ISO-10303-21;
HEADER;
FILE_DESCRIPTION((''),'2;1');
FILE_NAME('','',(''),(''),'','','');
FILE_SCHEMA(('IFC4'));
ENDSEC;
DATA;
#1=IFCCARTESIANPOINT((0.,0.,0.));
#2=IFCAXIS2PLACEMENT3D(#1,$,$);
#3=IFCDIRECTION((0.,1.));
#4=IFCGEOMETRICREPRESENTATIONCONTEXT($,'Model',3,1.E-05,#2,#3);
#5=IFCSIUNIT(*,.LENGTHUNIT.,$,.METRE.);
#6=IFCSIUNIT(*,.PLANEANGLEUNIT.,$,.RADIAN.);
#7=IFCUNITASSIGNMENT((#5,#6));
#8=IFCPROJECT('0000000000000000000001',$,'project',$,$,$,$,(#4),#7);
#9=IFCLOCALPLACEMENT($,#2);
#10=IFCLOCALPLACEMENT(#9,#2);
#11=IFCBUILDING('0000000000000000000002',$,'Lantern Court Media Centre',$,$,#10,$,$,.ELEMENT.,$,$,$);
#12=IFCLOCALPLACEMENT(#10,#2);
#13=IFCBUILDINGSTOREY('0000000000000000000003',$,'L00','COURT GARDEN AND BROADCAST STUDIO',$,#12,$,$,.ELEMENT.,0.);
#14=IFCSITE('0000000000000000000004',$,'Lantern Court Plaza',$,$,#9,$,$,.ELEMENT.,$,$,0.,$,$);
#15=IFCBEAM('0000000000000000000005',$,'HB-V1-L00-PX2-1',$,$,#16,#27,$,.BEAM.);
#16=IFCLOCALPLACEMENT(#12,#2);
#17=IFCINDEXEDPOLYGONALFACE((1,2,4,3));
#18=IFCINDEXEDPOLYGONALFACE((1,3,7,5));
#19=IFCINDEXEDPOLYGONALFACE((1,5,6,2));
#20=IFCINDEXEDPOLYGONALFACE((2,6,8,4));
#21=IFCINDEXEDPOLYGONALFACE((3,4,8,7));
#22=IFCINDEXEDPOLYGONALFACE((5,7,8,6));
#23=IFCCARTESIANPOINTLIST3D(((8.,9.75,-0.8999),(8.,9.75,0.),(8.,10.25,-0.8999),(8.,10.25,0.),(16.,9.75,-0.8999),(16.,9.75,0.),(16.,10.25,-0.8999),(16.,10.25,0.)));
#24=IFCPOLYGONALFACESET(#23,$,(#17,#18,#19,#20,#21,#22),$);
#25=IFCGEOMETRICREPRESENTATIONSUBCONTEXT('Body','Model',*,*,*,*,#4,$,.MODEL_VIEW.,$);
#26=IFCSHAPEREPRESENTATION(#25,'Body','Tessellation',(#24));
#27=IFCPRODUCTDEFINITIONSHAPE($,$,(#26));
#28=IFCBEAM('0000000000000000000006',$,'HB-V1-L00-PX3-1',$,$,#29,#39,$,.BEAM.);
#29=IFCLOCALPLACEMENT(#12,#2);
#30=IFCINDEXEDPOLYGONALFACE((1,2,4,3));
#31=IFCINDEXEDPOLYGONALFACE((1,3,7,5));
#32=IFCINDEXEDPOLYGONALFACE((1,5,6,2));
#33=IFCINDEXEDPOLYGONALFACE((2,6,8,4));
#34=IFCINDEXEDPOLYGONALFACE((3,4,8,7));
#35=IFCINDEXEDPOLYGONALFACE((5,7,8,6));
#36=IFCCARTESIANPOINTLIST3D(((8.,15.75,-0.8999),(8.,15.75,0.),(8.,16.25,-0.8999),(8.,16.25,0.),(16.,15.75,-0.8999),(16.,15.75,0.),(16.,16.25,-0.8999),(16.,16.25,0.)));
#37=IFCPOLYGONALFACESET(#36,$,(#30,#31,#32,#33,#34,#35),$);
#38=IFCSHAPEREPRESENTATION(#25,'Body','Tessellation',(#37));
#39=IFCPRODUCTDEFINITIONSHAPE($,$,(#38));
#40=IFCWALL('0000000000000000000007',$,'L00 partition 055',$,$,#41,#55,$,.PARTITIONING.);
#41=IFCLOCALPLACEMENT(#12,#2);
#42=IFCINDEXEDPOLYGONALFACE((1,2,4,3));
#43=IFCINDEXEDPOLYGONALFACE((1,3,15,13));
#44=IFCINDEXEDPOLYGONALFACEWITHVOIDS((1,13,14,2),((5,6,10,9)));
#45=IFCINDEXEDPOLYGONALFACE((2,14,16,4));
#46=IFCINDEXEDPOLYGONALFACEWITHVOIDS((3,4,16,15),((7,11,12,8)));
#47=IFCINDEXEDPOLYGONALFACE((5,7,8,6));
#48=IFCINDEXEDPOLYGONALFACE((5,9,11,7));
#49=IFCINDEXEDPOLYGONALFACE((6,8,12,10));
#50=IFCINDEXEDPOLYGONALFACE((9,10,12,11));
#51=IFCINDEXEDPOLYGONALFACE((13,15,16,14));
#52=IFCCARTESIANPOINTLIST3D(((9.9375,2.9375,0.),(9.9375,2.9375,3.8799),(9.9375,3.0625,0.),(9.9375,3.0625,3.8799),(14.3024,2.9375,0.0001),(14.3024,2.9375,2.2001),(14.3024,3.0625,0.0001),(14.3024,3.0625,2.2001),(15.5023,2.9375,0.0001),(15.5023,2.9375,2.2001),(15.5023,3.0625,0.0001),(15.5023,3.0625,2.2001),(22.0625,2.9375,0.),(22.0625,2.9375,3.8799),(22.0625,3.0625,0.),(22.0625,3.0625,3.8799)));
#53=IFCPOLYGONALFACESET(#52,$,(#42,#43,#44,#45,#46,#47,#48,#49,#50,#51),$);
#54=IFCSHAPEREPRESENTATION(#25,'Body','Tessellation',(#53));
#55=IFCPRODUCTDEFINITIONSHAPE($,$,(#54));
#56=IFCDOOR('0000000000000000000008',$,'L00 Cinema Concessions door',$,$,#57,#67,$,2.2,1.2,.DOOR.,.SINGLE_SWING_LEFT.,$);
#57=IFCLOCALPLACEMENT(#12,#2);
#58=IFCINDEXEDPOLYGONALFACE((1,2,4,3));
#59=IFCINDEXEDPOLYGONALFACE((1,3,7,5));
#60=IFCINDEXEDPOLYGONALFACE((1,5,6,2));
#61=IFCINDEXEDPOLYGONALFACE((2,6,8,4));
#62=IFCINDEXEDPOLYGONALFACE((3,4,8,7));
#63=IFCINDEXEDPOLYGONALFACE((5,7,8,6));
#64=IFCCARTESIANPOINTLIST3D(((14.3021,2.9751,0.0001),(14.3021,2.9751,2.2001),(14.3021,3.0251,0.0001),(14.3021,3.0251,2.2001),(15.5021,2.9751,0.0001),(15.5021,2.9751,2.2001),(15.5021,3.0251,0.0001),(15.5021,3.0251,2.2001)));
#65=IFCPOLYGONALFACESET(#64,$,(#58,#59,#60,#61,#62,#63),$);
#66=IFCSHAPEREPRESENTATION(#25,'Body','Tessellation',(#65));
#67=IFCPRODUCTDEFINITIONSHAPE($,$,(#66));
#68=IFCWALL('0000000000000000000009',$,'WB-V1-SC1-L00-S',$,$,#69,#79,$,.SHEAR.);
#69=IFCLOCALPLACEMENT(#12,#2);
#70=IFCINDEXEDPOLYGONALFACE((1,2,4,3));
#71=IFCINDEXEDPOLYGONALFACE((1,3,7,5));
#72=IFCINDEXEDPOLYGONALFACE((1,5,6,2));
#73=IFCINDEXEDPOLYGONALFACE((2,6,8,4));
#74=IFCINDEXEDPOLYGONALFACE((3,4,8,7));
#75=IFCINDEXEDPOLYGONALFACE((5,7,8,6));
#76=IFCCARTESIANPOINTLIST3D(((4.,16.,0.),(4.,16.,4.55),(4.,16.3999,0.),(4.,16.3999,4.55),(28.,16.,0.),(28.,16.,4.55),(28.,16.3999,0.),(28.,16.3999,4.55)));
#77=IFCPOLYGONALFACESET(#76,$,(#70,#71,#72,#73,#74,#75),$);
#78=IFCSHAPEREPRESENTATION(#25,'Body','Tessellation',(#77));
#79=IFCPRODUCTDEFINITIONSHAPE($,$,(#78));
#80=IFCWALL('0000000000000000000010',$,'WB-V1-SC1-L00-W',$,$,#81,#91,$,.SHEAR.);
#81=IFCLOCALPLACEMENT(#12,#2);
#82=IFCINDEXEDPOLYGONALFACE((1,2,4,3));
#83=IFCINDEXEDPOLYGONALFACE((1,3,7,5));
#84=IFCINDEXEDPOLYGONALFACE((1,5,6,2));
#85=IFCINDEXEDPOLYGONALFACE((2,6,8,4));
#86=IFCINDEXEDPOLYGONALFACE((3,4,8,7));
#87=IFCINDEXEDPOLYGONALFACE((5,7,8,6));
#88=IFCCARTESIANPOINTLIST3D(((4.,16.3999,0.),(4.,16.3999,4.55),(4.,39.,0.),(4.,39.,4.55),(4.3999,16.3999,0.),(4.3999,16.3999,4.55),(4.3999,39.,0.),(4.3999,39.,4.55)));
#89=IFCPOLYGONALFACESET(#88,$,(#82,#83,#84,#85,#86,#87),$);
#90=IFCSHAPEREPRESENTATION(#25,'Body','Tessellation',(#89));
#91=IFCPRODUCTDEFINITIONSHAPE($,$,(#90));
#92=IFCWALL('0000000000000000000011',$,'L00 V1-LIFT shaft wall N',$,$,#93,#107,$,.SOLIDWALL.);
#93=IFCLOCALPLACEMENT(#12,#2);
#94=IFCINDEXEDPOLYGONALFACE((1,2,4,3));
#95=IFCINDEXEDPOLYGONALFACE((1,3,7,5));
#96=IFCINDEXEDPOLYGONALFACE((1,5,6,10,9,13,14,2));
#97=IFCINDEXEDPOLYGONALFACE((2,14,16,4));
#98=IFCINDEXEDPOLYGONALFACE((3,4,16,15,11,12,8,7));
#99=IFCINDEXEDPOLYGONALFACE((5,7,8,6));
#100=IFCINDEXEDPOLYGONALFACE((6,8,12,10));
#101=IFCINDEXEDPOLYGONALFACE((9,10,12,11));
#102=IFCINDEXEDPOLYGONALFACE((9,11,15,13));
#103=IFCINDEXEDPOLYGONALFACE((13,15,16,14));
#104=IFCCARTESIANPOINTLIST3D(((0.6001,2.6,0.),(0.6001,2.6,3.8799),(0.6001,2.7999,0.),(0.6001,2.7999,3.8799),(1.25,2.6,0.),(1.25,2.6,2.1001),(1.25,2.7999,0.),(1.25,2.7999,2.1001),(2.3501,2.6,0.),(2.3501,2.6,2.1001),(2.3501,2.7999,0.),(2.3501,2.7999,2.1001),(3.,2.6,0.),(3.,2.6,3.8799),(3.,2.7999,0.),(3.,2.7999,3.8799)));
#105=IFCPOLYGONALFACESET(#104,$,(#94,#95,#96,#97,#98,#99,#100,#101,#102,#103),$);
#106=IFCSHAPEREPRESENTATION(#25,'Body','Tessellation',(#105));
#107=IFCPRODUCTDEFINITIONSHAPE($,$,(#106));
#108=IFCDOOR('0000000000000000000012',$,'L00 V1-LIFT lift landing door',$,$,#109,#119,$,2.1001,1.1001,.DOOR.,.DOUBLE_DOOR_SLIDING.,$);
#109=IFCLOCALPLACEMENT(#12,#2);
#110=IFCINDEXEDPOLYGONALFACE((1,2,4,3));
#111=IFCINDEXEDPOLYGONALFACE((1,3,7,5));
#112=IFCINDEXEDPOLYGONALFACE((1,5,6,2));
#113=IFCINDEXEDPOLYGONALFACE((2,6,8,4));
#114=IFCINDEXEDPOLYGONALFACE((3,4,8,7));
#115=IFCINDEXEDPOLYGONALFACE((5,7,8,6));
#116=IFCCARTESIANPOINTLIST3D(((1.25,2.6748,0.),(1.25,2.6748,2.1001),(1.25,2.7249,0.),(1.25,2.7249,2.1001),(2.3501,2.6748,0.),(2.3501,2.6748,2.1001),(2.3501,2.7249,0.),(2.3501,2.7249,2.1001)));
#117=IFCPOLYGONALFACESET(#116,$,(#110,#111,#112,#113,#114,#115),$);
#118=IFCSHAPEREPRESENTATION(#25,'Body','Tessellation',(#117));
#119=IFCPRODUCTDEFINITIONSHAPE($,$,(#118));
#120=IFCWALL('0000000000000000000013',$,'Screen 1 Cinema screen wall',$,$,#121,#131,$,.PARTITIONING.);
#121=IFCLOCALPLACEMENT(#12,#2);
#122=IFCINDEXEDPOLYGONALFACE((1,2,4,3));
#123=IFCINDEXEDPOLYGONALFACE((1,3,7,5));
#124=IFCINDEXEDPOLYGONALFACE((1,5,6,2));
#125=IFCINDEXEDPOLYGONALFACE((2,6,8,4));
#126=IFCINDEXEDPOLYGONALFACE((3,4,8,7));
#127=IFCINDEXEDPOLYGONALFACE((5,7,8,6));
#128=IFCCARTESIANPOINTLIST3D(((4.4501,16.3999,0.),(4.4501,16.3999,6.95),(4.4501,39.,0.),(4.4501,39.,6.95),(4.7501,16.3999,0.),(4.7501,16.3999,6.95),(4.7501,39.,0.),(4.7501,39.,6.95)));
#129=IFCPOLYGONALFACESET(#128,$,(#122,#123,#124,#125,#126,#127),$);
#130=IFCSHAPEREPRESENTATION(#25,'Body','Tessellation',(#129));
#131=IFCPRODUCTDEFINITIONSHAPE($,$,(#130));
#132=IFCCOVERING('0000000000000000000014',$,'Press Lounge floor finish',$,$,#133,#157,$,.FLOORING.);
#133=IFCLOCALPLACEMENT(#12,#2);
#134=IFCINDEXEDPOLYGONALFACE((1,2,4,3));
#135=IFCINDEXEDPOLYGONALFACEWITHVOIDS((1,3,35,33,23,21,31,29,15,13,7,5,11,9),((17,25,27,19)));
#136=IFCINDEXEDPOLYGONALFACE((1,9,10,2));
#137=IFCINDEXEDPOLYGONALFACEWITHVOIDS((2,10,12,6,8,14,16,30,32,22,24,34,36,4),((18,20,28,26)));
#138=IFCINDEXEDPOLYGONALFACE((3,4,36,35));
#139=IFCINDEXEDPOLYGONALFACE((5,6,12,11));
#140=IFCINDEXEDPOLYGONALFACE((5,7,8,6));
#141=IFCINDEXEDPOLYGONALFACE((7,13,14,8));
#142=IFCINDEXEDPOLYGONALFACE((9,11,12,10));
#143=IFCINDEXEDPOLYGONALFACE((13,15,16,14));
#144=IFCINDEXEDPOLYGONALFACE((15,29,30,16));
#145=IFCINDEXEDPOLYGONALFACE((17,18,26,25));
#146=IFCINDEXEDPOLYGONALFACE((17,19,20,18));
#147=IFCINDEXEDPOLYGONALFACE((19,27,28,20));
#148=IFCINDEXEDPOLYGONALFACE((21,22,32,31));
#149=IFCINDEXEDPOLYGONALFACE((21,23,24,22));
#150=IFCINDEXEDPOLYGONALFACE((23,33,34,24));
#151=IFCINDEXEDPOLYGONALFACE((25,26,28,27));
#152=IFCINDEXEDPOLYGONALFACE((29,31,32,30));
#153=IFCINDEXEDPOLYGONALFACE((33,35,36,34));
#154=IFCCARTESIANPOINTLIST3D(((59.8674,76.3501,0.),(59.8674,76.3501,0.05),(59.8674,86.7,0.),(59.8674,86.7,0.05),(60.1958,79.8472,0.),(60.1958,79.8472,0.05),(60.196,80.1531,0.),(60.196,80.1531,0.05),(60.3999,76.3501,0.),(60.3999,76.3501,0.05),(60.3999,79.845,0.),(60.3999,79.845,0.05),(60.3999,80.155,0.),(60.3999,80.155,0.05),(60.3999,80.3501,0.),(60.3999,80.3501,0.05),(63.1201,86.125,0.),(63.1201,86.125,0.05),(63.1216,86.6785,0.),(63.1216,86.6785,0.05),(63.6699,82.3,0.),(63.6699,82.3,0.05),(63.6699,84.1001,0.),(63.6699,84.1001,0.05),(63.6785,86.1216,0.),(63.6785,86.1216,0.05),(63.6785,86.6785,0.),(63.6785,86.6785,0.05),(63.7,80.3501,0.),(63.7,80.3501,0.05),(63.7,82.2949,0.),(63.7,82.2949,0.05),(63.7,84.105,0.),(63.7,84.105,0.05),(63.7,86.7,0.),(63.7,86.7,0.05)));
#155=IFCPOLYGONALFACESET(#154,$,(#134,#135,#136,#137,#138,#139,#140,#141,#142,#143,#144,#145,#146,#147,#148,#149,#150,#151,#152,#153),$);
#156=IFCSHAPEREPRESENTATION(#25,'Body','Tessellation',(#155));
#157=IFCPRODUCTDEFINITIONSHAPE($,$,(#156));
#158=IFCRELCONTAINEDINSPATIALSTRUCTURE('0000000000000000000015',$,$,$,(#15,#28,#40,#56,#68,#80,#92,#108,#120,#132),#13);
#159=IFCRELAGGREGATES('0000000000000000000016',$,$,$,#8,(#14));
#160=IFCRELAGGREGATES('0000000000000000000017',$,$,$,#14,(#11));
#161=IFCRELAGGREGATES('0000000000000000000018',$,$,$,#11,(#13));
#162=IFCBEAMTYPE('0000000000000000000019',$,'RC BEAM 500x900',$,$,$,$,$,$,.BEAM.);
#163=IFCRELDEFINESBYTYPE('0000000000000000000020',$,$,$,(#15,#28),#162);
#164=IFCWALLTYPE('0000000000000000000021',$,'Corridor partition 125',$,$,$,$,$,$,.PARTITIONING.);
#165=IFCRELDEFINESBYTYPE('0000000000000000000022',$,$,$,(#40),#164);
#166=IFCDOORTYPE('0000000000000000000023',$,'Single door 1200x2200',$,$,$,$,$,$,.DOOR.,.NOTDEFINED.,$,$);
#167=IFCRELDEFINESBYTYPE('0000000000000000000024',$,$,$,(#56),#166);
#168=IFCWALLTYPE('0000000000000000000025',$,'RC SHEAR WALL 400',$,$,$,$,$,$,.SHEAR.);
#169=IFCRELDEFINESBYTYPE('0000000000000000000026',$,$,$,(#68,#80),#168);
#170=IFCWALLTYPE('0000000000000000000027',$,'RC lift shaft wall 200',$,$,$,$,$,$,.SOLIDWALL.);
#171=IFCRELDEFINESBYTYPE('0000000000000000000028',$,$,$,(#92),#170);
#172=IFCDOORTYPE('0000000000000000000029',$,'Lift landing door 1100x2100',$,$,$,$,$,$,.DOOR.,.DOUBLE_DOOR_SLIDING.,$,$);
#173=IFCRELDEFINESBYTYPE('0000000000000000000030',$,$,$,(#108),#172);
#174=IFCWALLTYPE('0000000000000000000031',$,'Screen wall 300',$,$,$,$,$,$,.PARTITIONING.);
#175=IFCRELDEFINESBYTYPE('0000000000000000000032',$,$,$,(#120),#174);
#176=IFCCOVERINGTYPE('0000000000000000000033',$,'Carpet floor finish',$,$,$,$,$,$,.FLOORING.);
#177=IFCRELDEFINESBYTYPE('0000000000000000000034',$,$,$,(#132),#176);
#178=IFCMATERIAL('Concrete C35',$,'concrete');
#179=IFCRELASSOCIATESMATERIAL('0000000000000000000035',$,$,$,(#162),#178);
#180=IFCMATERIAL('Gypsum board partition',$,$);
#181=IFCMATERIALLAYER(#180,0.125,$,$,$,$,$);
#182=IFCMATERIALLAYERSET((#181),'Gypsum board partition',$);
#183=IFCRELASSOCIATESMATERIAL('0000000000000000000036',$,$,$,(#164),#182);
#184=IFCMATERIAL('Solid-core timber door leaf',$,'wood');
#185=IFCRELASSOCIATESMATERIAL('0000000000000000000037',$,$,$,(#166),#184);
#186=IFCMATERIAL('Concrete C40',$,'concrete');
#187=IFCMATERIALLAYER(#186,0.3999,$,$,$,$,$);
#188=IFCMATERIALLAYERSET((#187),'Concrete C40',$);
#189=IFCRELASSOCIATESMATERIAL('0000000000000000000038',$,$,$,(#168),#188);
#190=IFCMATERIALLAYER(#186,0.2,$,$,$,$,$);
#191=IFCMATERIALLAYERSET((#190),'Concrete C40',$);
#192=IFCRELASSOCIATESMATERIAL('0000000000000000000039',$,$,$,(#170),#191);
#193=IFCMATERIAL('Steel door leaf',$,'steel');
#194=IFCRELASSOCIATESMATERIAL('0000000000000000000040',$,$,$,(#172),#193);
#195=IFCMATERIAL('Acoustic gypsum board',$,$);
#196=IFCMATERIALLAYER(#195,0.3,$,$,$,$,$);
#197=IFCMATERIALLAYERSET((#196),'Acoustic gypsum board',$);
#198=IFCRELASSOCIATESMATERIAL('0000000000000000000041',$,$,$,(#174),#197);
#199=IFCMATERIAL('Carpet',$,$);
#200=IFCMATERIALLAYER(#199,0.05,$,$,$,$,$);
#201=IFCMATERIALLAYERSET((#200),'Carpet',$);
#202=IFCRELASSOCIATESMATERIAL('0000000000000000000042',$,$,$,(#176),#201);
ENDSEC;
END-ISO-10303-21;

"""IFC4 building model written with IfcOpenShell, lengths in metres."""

from ifc_helpers import new_model, si_unit, direction, frame, frame_2d, origin, origin_2d, place, context, subcontext, project, spatial, polyline, rectangle, outline, extrude, material, layer, layer_set, material_profile, profile_set, type_object, element, fill, save


model = new_model("IFC4")

# Units and contexts
model_context = context("Model", 3, precision=1e-05, world=origin(), true_north=direction((0.0, 1.0)))
body_context = subcontext(model_context, "Body", "Model", "MODEL_VIEW")
ifc_project = project(units=[si_unit("LENGTHUNIT", "METRE"), si_unit("PLANEANGLEUNIT", "RADIAN")], contexts=[model_context])

# Site, building, storey
site_placement = place(None, origin())
site = spatial("IfcSite", under=ifc_project, at=site_placement, Name="Lantern Court Plaza", CompositionType="ELEMENT", RefElevation=0.0)
building_placement = place(site_placement, origin())
building = spatial("IfcBuilding", under=site, at=building_placement, Name="Lantern Court Media Centre", CompositionType="ELEMENT")
storey_placement = place(building_placement, origin())
storey = spatial("IfcBuildingStorey", under=building, at=storey_placement, Name="L00", Description="COURT GARDEN AND BROADCAST STUDIO", CompositionType="ELEMENT", Elevation=0.0)

# Shared definitions
ifc_material_1 = material(Name="Concrete C35", Category="concrete")

# Beams
ifc_material_profile_1 = material_profile(ifc_material_1, rectangle(XDim=0.5, YDim=0.8999, at=origin_2d()), Name="RC 500x900")
ifc_profile_set_1 = profile_set([ifc_material_profile_1], Name="Concrete C35")
beam_type_1 = type_object("IfcBeamType", Name="RC BEAM 500x900", PredefinedType="BEAM", material=ifc_profile_set_1)
for number, where, z_axis, x_axis, name in (
    (1, (8.0, 10.0, -0.45), (1.0, 0.0, 0.0), (0.0, 1.0, 0.0), "HB-V1-L00-PX2-1"),
    (2, (8.0, 16.0, -0.45), (1.0, 0.0, 0.0), (0.0, 1.0, 0.0), "HB-V1-L00-PX3-1"),
):
    element("IfcBeam", number, at=place(storey_placement, frame(where, z_axis=z_axis, x_axis=x_axis)), inside=storey, type_object=beam_type_1, Name=name, PredefinedType="BEAM", context=body_context, shape_type="SweptSolid", body=[
        extrude(rectangle(XDim=0.5, YDim=0.8999, at=origin_2d()), origin(), (0.0, 0.0, 1.0), 8.0),
    ])

# Wall, opening, door
ifc_material_2 = material(Name="Gypsum board partition")
ifc_layer_1 = layer(ifc_material_2, 0.125)
ifc_layer_set_1 = layer_set([ifc_layer_1], Name="Gypsum board partition")
wall_type_1 = type_object("IfcWallType", Name="Corridor partition 125", PredefinedType="PARTITIONING", material=ifc_layer_set_1)
wall_1_placement = place(storey_placement, frame((9.9375, 3.0, 0.0), z_axis=(0.0, 0.0, 1.0), x_axis=(1.0, 0.0, 0.0)))
wall_1 = element("IfcWall", 3, at=wall_1_placement, inside=storey, type_object=wall_type_1, Name="L00 partition 055", PredefinedType="PARTITIONING", context=body_context, shape_type="SweptSolid", body=[
    extrude(rectangle(XDim=12.125, YDim=0.125, at=frame_2d((6.0625, 0.0))), origin(), (0.0, 0.0, 1.0), 3.8799),
])
opening_1_placement = place(wall_1_placement, frame((4.3647, 0.0, 0.0)))
opening_1 = element("IfcOpeningElement", 4, at=opening_1_placement, cuts=wall_1, PredefinedType="OPENING", context=body_context, shape_type="SweptSolid", body=[
    extrude(rectangle(XDim=1.2, YDim=2.2, at=frame_2d((0.6001, 1.1001))), frame((0.0, 0.0725, 0.0), z_axis=(0.0, -1.0, 0.0), x_axis=(1.0, 0.0, 0.0)), (0.0, 0.0, 1.0), 0.145),
])
ifc_material_3 = material(Name="Solid-core timber door leaf", Category="wood")
door_type_1 = type_object("IfcDoorType", Name="Single door 1200x2200", OperationType="NOTDEFINED", PredefinedType="DOOR", material=ifc_material_3)
door_1_placement = place(opening_1_placement, frame((1.2, 0.0, 0.0), z_axis=(0.0, 0.0, 1.0), x_axis=(-1.0, 0.0, 0.0)))
door_1 = element("IfcDoor", 5, at=door_1_placement, inside=storey, type_object=door_type_1, Name="L00 Cinema Concessions door", OperationType="SINGLE_SWING_LEFT", OverallHeight=2.2, OverallWidth=1.2, PredefinedType="DOOR", context=body_context, shape_type="SweptSolid", body=[
    extrude(rectangle(XDim=1.2, YDim=2.2, at=frame_2d((0.6001, 1.1001))), frame((0.0, 0.0249, 0.0), z_axis=(0.0, -1.0, 0.0), x_axis=(1.0, 0.0, 0.0)), (0.0, 0.0, 1.0), 0.05),
])
fill(opening_1, door_1)

# Walls
ifc_material_4 = material(Name="Concrete C40", Category="concrete")
ifc_layer_2 = layer(ifc_material_4, 0.3999)
ifc_layer_set_2 = layer_set([ifc_layer_2], Name="Concrete C40")
wall_type_2 = type_object("IfcWallType", Name="RC SHEAR WALL 400", PredefinedType="SHEAR", material=ifc_layer_set_2)
wall_2_placement = place(storey_placement, frame((4.0, 16.2, 0.0), z_axis=(0.0, 0.0, 1.0), x_axis=(1.0, 0.0, 0.0)))
element("IfcWall", 6, at=wall_2_placement, inside=storey, type_object=wall_type_2, Name="WB-V1-SC1-L00-S", PredefinedType="SHEAR", context=body_context, shape_type="SweptSolid", body=[
    extrude(rectangle(XDim=24.0, YDim=0.3999, at=frame_2d((12.0, 0.0))), origin(), (0.0, 0.0, 1.0), 4.55),
])
wall_3_placement = place(storey_placement, frame((4.2, 16.3999, 0.0), z_axis=(0.0, 0.0, 1.0), x_axis=(0.0, 1.0, 0.0)))
element("IfcWall", 7, at=wall_3_placement, inside=storey, type_object=wall_type_2, Name="WB-V1-SC1-L00-W", PredefinedType="SHEAR", context=body_context, shape_type="SweptSolid", body=[
    extrude(rectangle(XDim=22.6001, YDim=0.3999, at=frame_2d((11.3, 0.0))), origin(), (0.0, 0.0, 1.0), 4.55),
])

# Wall, opening, door
ifc_layer_3 = layer(ifc_material_4, 0.2)
ifc_layer_set_3 = layer_set([ifc_layer_3], Name="Concrete C40")
wall_type_3 = type_object("IfcWallType", Name="RC lift shaft wall 200", PredefinedType="SOLIDWALL", material=ifc_layer_set_3)
wall_4_placement = place(storey_placement, frame((0.6001, 2.7, 0.0), z_axis=(0.0, 0.0, 1.0), x_axis=(1.0, 0.0, 0.0)))
wall_4 = element("IfcWall", 8, at=wall_4_placement, inside=storey, type_object=wall_type_3, Name="L00 V1-LIFT shaft wall N", PredefinedType="SOLIDWALL", context=body_context, shape_type="SweptSolid", body=[
    extrude(rectangle(XDim=2.3999, YDim=0.2, at=frame_2d((1.2, 0.0))), origin(), (0.0, 0.0, 1.0), 3.8799),
])
opening_2_placement = place(wall_4_placement, frame((0.6499, 0.0, 0.0)))
opening_2 = element("IfcOpeningElement", 9, at=opening_2_placement, cuts=wall_4, PredefinedType="OPENING", context=body_context, shape_type="SweptSolid", body=[
    extrude(rectangle(XDim=1.1001, YDim=2.1001, at=frame_2d((0.55, 1.05))), frame((0.0, 0.1099, 0.0), z_axis=(0.0, -1.0, 0.0), x_axis=(1.0, 0.0, 0.0)), (0.0, 0.0, 1.0), 0.22),
])
ifc_material_5 = material(Name="Steel door leaf", Category="steel")
door_type_2 = type_object("IfcDoorType", Name="Lift landing door 1100x2100", OperationType="DOUBLE_DOOR_SLIDING", PredefinedType="DOOR", material=ifc_material_5)
door_2_placement = place(opening_2_placement, origin())
door_2 = element("IfcDoor", 10, at=door_2_placement, inside=storey, type_object=door_type_2, Name="L00 V1-LIFT lift landing door", OperationType="DOUBLE_DOOR_SLIDING", OverallHeight=2.1001, OverallWidth=1.1001, PredefinedType="DOOR", context=body_context, shape_type="SweptSolid", body=[
    extrude(rectangle(XDim=1.1001, YDim=2.1001, at=frame_2d((0.55, 1.05))), frame((0.0, 0.0249, 0.0), z_axis=(0.0, -1.0, 0.0), x_axis=(1.0, 0.0, 0.0)), (0.0, 0.0, 1.0), 0.05),
])
fill(opening_2, door_2)

# Wall
ifc_material_6 = material(Name="Acoustic gypsum board")
ifc_layer_4 = layer(ifc_material_6, 0.3)
ifc_layer_set_4 = layer_set([ifc_layer_4], Name="Acoustic gypsum board")
wall_type_4 = type_object("IfcWallType", Name="Screen wall 300", PredefinedType="PARTITIONING", material=ifc_layer_set_4)
wall_5_placement = place(storey_placement, frame((4.6001, 16.3999, 0.0), z_axis=(0.0, 0.0, 1.0), x_axis=(0.0, 1.0, 0.0)))
element("IfcWall", 11, at=wall_5_placement, inside=storey, type_object=wall_type_4, Name="Screen 1 Cinema screen wall", PredefinedType="PARTITIONING", context=body_context, shape_type="SweptSolid", body=[
    extrude(rectangle(XDim=22.6001, YDim=0.3, at=frame_2d((11.3, 0.0))), origin(), (0.0, 0.0, 1.0), 6.95),
])

# Covering
ifc_material_7 = material(Name="Carpet")
ifc_layer_5 = layer(ifc_material_7, 0.05)
ifc_layer_set_5 = layer_set([ifc_layer_5], Name="Carpet")
covering_type_1 = type_object("IfcCoveringType", Name="Carpet floor finish", PredefinedType="FLOORING", material=ifc_layer_set_5)
covering_1_placement = place(storey_placement, origin())
element("IfcCovering", 12, at=covering_1_placement, inside=storey, type_object=covering_type_1, Name="Press Lounge floor finish", PredefinedType="FLOORING", context=body_context, shape_type="SweptSolid", body=[
    extrude(outline(polyline([(60.3999, 76.3501), (59.8674, 76.3501), (59.8674, 86.7), (63.7, 86.7), (63.7, 84.105), (63.6699, 84.1001), (63.6699, 82.3), (63.7, 82.2949), (63.7, 80.3501), (60.3999, 80.3501), (60.3999, 80.155), (60.196, 80.1531), (60.1958, 79.8472), (60.3999, 79.845), (60.3999, 76.3501)]), holes=[polyline([(63.1201, 86.125), (63.6785, 86.1216), (63.6785, 86.6785), (63.1216, 86.6785), (63.1201, 86.125)])]), origin(), (0.0, 0.0, 1.0), 0.05),
])

save(model, "model.ifc")
